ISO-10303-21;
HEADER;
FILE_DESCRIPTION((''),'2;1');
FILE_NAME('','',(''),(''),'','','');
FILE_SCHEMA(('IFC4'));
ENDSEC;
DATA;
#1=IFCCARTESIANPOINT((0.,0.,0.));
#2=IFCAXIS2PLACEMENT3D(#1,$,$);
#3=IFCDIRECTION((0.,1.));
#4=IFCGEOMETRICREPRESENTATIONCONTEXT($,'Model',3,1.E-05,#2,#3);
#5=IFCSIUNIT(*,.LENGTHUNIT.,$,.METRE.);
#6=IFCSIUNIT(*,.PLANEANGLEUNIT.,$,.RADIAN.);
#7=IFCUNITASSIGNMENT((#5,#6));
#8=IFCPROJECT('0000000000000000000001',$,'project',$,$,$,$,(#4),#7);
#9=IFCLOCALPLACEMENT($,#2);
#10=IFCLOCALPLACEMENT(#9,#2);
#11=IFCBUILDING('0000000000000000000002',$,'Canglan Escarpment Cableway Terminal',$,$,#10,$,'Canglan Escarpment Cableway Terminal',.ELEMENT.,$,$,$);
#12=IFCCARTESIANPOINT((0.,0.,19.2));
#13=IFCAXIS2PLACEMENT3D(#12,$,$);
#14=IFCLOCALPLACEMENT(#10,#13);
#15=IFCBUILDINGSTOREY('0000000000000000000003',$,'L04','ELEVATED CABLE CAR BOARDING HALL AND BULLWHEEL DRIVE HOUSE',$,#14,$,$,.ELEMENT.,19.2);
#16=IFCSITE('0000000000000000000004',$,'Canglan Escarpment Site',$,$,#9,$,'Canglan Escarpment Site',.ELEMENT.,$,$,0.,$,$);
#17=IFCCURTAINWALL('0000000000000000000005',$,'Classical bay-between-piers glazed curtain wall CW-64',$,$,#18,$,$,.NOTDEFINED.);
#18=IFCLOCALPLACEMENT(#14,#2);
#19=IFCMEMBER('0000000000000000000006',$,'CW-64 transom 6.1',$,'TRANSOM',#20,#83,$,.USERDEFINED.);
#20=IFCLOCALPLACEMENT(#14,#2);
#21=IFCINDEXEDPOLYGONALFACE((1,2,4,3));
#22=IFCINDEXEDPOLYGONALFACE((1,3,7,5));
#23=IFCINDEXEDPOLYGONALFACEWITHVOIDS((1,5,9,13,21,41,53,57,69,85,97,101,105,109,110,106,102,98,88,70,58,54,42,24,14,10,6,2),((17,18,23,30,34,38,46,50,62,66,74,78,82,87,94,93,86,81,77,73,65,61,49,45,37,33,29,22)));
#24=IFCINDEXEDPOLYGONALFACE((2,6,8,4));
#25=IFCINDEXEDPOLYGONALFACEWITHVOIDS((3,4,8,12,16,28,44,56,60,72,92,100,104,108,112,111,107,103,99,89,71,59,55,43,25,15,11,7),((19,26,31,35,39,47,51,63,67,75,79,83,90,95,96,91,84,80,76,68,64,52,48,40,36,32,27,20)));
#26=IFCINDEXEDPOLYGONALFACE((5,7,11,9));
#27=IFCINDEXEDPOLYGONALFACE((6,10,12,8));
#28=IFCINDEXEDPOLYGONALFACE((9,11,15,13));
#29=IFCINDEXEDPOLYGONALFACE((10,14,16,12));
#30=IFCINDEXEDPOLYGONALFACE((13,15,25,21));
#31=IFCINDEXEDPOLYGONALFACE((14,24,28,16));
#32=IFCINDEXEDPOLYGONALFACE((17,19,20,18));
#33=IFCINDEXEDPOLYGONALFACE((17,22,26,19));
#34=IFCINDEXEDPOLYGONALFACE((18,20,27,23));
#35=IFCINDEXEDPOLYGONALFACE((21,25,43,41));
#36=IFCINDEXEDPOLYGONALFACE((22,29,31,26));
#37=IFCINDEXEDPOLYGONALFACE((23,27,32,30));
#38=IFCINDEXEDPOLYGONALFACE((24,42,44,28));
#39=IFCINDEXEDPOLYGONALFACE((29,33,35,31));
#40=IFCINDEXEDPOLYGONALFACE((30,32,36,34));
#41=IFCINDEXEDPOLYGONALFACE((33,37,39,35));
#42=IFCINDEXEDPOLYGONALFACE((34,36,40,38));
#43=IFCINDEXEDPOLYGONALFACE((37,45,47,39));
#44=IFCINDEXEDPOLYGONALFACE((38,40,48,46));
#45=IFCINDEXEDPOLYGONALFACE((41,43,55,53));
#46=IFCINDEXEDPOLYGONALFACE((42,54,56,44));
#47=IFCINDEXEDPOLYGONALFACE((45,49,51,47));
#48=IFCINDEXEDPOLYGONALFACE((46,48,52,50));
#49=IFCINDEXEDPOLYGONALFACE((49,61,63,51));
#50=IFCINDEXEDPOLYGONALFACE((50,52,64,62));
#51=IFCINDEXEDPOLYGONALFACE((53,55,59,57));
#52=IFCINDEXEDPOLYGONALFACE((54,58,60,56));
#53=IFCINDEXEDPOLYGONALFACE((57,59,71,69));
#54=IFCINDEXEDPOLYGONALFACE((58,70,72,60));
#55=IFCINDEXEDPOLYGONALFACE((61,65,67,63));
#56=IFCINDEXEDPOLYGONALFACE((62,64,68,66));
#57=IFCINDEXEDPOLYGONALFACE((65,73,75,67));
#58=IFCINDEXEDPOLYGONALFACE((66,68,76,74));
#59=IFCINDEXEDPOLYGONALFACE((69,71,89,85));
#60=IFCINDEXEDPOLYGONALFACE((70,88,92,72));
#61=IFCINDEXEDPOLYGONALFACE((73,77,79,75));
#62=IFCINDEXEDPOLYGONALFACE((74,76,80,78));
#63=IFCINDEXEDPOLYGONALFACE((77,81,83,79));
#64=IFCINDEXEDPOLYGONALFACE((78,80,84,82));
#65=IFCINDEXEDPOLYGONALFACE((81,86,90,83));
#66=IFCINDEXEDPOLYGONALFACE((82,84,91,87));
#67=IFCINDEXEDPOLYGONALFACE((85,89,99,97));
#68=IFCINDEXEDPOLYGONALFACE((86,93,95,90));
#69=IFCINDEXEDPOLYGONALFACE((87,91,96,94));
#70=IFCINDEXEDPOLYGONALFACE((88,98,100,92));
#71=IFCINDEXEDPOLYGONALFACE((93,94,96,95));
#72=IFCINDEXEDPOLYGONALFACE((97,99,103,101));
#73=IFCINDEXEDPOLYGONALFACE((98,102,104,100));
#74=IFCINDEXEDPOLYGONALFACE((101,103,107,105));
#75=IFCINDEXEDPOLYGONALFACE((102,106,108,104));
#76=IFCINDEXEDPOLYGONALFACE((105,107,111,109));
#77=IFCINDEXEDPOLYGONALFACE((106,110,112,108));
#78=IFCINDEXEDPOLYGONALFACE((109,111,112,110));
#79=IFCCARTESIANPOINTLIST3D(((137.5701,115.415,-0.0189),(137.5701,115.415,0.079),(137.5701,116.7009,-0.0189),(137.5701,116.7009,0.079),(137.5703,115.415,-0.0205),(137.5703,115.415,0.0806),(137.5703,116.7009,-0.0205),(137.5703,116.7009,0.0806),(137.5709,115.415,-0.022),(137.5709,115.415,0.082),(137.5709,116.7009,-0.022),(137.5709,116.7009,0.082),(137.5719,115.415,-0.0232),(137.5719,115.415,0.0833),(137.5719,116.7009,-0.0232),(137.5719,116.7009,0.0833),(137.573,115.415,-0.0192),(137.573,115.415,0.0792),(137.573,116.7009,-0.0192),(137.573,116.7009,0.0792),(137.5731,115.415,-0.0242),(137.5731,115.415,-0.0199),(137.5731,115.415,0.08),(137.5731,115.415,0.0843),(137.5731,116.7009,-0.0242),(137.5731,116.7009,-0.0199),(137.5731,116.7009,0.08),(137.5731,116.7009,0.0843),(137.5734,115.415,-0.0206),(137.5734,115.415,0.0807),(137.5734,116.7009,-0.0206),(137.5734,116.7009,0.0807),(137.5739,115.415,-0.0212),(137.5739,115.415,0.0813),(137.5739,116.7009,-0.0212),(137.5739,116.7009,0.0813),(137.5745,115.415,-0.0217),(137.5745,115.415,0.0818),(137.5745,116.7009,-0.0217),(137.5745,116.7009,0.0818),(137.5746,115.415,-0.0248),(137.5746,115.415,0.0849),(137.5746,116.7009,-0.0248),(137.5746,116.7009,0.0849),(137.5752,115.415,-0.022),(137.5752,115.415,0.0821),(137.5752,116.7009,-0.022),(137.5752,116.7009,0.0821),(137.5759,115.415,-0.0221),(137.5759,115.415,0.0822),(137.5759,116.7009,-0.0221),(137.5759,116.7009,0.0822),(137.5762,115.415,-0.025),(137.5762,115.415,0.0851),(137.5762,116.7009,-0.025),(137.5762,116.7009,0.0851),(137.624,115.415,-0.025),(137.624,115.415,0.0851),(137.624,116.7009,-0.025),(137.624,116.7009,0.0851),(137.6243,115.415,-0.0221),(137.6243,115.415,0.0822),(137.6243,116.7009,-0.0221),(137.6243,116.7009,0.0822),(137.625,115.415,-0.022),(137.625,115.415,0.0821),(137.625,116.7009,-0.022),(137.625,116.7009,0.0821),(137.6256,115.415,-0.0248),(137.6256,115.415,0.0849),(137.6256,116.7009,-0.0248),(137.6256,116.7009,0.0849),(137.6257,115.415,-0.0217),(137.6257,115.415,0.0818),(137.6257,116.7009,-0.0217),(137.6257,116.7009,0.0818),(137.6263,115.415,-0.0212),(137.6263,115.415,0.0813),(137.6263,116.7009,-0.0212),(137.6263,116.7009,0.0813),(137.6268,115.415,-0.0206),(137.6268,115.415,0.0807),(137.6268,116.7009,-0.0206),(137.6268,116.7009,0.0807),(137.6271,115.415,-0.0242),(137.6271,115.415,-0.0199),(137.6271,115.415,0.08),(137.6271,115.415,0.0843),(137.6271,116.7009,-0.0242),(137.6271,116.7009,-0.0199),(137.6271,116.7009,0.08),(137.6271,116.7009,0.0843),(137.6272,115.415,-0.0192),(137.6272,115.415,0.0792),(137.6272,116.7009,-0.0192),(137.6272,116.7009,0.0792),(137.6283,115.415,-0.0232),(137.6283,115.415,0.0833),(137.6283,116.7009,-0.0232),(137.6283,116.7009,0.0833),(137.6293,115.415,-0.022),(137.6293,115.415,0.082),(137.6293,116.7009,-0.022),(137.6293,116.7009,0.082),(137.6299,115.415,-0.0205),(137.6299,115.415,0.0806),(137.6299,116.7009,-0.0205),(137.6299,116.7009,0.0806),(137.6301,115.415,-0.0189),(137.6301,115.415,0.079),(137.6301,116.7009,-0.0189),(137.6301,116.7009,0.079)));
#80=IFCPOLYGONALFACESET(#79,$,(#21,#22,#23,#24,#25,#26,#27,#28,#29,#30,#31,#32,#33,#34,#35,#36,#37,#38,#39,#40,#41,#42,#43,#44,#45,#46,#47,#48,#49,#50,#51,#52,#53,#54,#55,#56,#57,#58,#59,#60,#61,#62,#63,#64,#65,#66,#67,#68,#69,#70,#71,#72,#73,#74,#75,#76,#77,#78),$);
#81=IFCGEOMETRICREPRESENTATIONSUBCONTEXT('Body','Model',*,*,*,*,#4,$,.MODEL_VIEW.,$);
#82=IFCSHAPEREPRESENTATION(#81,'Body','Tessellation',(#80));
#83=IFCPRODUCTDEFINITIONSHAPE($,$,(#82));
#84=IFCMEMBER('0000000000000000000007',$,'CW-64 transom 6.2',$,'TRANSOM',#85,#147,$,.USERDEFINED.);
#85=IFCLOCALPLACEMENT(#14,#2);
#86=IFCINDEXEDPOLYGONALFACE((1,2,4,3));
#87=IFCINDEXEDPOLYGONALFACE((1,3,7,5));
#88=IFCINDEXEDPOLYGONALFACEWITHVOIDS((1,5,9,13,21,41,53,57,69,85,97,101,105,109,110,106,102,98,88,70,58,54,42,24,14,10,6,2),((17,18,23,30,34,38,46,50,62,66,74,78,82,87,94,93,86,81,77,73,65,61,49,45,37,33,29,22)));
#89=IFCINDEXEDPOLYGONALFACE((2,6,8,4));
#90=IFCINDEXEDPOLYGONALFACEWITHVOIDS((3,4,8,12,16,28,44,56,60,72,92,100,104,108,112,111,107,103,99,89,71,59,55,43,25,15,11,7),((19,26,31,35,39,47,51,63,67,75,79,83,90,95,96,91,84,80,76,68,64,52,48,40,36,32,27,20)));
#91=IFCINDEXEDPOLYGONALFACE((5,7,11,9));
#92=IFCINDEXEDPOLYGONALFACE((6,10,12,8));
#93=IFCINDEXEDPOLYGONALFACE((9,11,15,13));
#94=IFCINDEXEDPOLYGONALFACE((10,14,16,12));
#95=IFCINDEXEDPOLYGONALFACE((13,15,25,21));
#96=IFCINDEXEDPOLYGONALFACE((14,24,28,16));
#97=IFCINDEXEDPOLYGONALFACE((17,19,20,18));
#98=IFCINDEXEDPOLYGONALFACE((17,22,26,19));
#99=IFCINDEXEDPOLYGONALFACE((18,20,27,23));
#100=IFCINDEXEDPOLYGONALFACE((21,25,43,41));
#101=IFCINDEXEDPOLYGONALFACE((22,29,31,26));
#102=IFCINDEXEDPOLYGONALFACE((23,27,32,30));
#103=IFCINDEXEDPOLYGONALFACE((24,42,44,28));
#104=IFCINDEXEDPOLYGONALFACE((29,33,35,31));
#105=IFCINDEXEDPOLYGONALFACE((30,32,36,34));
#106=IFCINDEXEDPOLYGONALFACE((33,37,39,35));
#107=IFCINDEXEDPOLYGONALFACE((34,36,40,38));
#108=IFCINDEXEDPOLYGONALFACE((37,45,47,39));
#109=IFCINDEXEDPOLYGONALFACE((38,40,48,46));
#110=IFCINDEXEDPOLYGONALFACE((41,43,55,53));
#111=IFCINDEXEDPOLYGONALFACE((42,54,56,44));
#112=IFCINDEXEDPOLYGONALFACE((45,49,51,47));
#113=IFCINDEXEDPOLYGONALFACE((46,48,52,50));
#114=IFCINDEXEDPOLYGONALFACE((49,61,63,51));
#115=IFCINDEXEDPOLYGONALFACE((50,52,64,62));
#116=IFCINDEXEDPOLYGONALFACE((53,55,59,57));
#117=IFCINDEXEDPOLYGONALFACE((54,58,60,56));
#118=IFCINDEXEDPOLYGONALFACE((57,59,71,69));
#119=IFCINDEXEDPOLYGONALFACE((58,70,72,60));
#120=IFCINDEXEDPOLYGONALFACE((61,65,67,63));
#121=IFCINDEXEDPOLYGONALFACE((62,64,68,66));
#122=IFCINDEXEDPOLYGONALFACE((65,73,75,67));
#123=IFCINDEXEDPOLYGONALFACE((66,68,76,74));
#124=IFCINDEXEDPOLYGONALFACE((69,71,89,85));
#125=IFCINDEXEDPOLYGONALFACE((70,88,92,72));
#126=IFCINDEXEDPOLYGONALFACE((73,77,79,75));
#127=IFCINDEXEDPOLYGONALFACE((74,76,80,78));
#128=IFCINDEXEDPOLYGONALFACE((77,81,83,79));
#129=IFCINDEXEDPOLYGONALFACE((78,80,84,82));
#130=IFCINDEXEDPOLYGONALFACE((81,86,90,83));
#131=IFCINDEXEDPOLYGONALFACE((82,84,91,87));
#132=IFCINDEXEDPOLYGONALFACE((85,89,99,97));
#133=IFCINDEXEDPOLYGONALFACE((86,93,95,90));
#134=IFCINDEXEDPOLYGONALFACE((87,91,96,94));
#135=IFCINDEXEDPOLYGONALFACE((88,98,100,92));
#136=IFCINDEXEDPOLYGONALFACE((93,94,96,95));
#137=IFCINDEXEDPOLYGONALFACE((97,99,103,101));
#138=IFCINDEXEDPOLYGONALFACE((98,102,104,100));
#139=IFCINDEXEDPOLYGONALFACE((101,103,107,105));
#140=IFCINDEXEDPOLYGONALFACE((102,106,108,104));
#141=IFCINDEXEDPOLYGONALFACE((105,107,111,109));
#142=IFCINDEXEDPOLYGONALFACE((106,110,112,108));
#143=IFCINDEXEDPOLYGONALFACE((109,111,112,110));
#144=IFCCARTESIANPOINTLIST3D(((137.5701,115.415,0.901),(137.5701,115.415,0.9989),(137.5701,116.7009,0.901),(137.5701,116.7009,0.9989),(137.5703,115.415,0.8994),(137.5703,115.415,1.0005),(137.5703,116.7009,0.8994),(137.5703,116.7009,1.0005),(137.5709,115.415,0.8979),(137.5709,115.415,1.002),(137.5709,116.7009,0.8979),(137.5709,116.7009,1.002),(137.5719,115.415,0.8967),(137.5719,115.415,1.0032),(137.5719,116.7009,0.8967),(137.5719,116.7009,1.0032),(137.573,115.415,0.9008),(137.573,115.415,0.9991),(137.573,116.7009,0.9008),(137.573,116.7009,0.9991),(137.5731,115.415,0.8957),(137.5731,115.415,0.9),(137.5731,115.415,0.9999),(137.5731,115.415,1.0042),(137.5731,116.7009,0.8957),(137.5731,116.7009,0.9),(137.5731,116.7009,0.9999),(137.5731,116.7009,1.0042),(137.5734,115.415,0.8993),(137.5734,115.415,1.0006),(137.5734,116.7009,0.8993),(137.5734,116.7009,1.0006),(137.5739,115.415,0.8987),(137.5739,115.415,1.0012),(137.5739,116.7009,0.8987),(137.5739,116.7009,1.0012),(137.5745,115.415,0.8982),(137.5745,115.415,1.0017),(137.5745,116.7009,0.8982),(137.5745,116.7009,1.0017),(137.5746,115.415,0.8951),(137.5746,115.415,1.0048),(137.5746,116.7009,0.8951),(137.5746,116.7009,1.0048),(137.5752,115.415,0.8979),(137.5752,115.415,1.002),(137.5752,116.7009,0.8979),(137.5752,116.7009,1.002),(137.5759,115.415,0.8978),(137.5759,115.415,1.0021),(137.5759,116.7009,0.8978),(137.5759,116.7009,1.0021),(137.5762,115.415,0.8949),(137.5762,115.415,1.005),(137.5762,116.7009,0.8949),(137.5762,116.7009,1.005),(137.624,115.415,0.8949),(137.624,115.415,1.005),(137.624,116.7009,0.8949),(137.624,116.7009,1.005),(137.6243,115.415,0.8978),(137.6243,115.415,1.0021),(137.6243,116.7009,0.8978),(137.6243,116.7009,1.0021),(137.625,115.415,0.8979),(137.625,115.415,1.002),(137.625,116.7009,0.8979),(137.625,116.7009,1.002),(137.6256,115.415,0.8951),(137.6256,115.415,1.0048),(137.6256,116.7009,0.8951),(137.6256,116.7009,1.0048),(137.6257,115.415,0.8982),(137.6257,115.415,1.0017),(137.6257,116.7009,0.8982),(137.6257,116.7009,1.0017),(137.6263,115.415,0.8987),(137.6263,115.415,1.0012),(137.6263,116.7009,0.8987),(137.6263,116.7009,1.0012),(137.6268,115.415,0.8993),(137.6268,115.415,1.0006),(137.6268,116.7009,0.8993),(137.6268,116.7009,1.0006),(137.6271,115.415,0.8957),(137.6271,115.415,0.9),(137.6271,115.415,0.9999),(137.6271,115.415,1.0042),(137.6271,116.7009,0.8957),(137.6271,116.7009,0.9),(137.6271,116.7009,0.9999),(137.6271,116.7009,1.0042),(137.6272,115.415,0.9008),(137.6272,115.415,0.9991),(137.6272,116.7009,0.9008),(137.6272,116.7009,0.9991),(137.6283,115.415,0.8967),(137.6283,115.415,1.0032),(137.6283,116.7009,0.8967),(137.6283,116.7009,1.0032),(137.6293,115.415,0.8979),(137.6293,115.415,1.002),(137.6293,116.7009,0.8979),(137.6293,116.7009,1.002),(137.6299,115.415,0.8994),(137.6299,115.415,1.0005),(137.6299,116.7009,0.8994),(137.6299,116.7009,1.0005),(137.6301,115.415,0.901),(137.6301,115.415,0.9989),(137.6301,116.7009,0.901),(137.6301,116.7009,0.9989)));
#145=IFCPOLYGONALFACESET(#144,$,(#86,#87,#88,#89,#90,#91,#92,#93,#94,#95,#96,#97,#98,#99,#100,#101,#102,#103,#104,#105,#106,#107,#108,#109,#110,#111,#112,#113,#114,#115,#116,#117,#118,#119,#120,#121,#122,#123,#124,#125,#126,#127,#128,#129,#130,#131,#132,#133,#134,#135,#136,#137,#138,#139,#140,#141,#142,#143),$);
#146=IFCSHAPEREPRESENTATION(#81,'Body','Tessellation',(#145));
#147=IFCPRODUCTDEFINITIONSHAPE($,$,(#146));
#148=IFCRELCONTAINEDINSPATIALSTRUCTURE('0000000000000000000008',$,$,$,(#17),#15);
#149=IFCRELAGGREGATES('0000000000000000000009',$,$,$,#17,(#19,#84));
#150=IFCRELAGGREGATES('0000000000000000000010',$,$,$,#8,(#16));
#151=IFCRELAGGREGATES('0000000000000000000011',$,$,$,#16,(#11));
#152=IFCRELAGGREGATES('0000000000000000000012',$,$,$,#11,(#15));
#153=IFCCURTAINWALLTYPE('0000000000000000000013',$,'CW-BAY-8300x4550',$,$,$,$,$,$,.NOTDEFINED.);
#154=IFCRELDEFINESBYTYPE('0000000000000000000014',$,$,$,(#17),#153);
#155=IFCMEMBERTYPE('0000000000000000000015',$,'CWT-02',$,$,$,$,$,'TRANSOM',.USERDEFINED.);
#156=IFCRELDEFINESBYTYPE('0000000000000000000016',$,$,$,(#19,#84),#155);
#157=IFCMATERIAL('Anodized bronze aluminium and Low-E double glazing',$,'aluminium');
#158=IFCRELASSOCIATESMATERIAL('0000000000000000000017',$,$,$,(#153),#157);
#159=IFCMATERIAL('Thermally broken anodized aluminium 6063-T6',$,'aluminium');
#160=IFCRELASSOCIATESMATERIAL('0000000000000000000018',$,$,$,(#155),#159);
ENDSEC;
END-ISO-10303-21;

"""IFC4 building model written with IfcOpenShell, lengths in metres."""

from ifc_helpers import new_model, si_unit, direction, frame, origin, origin_2d, place, context, subcontext, project, spatial, hollow_rectangle, extrude, material, material_profile, profile_set, type_object, element, aggregate, save


model = new_model("IFC4")

# Units and contexts
model_context = context("Model", 3, precision=1e-05, world=origin(), true_north=direction((0.0, 1.0)))
body_context = subcontext(model_context, "Body", "Model", "MODEL_VIEW")
ifc_project = project(units=[si_unit("LENGTHUNIT", "METRE"), si_unit("PLANEANGLEUNIT", "RADIAN")], contexts=[model_context])

# Site, building, storey
site_placement = place(None, origin())
site = spatial("IfcSite", under=ifc_project, at=site_placement, Name="Canglan Escarpment Site", LongName="Canglan Escarpment Site", CompositionType="ELEMENT", RefElevation=0.0)
building_placement = place(site_placement, origin())
building = spatial("IfcBuilding", under=site, at=building_placement, Name="Canglan Escarpment Cableway Terminal", LongName="Canglan Escarpment Cableway Terminal", CompositionType="ELEMENT")
storey_placement = place(building_placement, frame((0.0, 0.0, 19.2)))
storey = spatial("IfcBuildingStorey", under=building, at=storey_placement, Name="L04", Description="ELEVATED CABLE CAR BOARDING HALL AND BULLWHEEL DRIVE HOUSE", CompositionType="ELEMENT", Elevation=19.2)

# Curtain wall, members
ifc_material_1 = material(Name="Anodized bronze aluminium and Low-E double glazing", Category="aluminium")
curtain_wall_type = type_object("IfcCurtainWallType", Name="CW-BAY-8300x4550", PredefinedType="NOTDEFINED", material=ifc_material_1)
curtain_wall_placement = place(storey_placement, origin())
curtain_wall = element("IfcCurtainWall", 1, at=curtain_wall_placement, inside=storey, type_object=curtain_wall_type, Name="Classical bay-between-piers glazed curtain wall CW-64", PredefinedType="NOTDEFINED")
ifc_material_2 = material(Name="Thermally broken anodized aluminium 6063-T6", Category="aluminium")
ifc_material_profile_1 = material_profile(ifc_material_2, hollow_rectangle(XDim=0.0601, YDim=0.1101, WallThickness=0.0029, InnerFilletRadius=0.0029, OuterFilletRadius=0.0061, at=origin_2d()), Name="ALU-TRAN 60x110x3")
ifc_profile_set_1 = profile_set([ifc_material_profile_1], Name="Thermally broken anodized aluminium 6063-T6")
member_type_1 = type_object("IfcMemberType", Name="CWT-02", ElementType="TRANSOM", PredefinedType="USERDEFINED", material=ifc_profile_set_1)
member_1_placement = place(storey_placement, frame((137.6001, 116.7009, 0.03), z_axis=(0.0, -1.0, 0.0), x_axis=(1.0, 0.0, 0.0)))
member_1 = element("IfcMember", 2, at=member_1_placement, type_object=member_type_1, Name="CW-64 transom 6.1", ObjectType="TRANSOM", PredefinedType="USERDEFINED", context=body_context, shape_type="SweptSolid", body=[
    extrude(hollow_rectangle(XDim=0.0601, YDim=0.1101, WallThickness=0.0029, InnerFilletRadius=0.0029, OuterFilletRadius=0.0061, at=origin_2d()), origin(), (0.0, 0.0, 1.0), 1.2859),
])
member_2_placement = place(storey_placement, frame((137.6001, 116.7009, 0.95), z_axis=(0.0, -1.0, 0.0), x_axis=(1.0, 0.0, 0.0)))
member_2 = element("IfcMember", 3, at=member_2_placement, type_object=member_type_1, Name="CW-64 transom 6.2", ObjectType="TRANSOM", PredefinedType="USERDEFINED", context=body_context, shape_type="SweptSolid", body=[
    extrude(hollow_rectangle(XDim=0.0601, YDim=0.1101, WallThickness=0.0029, InnerFilletRadius=0.0029, OuterFilletRadius=0.0061, at=origin_2d()), origin(), (0.0, 0.0, 1.0), 1.2859),
])
aggregate(curtain_wall, [member_1, member_2])

save(model, "model.ifc")
